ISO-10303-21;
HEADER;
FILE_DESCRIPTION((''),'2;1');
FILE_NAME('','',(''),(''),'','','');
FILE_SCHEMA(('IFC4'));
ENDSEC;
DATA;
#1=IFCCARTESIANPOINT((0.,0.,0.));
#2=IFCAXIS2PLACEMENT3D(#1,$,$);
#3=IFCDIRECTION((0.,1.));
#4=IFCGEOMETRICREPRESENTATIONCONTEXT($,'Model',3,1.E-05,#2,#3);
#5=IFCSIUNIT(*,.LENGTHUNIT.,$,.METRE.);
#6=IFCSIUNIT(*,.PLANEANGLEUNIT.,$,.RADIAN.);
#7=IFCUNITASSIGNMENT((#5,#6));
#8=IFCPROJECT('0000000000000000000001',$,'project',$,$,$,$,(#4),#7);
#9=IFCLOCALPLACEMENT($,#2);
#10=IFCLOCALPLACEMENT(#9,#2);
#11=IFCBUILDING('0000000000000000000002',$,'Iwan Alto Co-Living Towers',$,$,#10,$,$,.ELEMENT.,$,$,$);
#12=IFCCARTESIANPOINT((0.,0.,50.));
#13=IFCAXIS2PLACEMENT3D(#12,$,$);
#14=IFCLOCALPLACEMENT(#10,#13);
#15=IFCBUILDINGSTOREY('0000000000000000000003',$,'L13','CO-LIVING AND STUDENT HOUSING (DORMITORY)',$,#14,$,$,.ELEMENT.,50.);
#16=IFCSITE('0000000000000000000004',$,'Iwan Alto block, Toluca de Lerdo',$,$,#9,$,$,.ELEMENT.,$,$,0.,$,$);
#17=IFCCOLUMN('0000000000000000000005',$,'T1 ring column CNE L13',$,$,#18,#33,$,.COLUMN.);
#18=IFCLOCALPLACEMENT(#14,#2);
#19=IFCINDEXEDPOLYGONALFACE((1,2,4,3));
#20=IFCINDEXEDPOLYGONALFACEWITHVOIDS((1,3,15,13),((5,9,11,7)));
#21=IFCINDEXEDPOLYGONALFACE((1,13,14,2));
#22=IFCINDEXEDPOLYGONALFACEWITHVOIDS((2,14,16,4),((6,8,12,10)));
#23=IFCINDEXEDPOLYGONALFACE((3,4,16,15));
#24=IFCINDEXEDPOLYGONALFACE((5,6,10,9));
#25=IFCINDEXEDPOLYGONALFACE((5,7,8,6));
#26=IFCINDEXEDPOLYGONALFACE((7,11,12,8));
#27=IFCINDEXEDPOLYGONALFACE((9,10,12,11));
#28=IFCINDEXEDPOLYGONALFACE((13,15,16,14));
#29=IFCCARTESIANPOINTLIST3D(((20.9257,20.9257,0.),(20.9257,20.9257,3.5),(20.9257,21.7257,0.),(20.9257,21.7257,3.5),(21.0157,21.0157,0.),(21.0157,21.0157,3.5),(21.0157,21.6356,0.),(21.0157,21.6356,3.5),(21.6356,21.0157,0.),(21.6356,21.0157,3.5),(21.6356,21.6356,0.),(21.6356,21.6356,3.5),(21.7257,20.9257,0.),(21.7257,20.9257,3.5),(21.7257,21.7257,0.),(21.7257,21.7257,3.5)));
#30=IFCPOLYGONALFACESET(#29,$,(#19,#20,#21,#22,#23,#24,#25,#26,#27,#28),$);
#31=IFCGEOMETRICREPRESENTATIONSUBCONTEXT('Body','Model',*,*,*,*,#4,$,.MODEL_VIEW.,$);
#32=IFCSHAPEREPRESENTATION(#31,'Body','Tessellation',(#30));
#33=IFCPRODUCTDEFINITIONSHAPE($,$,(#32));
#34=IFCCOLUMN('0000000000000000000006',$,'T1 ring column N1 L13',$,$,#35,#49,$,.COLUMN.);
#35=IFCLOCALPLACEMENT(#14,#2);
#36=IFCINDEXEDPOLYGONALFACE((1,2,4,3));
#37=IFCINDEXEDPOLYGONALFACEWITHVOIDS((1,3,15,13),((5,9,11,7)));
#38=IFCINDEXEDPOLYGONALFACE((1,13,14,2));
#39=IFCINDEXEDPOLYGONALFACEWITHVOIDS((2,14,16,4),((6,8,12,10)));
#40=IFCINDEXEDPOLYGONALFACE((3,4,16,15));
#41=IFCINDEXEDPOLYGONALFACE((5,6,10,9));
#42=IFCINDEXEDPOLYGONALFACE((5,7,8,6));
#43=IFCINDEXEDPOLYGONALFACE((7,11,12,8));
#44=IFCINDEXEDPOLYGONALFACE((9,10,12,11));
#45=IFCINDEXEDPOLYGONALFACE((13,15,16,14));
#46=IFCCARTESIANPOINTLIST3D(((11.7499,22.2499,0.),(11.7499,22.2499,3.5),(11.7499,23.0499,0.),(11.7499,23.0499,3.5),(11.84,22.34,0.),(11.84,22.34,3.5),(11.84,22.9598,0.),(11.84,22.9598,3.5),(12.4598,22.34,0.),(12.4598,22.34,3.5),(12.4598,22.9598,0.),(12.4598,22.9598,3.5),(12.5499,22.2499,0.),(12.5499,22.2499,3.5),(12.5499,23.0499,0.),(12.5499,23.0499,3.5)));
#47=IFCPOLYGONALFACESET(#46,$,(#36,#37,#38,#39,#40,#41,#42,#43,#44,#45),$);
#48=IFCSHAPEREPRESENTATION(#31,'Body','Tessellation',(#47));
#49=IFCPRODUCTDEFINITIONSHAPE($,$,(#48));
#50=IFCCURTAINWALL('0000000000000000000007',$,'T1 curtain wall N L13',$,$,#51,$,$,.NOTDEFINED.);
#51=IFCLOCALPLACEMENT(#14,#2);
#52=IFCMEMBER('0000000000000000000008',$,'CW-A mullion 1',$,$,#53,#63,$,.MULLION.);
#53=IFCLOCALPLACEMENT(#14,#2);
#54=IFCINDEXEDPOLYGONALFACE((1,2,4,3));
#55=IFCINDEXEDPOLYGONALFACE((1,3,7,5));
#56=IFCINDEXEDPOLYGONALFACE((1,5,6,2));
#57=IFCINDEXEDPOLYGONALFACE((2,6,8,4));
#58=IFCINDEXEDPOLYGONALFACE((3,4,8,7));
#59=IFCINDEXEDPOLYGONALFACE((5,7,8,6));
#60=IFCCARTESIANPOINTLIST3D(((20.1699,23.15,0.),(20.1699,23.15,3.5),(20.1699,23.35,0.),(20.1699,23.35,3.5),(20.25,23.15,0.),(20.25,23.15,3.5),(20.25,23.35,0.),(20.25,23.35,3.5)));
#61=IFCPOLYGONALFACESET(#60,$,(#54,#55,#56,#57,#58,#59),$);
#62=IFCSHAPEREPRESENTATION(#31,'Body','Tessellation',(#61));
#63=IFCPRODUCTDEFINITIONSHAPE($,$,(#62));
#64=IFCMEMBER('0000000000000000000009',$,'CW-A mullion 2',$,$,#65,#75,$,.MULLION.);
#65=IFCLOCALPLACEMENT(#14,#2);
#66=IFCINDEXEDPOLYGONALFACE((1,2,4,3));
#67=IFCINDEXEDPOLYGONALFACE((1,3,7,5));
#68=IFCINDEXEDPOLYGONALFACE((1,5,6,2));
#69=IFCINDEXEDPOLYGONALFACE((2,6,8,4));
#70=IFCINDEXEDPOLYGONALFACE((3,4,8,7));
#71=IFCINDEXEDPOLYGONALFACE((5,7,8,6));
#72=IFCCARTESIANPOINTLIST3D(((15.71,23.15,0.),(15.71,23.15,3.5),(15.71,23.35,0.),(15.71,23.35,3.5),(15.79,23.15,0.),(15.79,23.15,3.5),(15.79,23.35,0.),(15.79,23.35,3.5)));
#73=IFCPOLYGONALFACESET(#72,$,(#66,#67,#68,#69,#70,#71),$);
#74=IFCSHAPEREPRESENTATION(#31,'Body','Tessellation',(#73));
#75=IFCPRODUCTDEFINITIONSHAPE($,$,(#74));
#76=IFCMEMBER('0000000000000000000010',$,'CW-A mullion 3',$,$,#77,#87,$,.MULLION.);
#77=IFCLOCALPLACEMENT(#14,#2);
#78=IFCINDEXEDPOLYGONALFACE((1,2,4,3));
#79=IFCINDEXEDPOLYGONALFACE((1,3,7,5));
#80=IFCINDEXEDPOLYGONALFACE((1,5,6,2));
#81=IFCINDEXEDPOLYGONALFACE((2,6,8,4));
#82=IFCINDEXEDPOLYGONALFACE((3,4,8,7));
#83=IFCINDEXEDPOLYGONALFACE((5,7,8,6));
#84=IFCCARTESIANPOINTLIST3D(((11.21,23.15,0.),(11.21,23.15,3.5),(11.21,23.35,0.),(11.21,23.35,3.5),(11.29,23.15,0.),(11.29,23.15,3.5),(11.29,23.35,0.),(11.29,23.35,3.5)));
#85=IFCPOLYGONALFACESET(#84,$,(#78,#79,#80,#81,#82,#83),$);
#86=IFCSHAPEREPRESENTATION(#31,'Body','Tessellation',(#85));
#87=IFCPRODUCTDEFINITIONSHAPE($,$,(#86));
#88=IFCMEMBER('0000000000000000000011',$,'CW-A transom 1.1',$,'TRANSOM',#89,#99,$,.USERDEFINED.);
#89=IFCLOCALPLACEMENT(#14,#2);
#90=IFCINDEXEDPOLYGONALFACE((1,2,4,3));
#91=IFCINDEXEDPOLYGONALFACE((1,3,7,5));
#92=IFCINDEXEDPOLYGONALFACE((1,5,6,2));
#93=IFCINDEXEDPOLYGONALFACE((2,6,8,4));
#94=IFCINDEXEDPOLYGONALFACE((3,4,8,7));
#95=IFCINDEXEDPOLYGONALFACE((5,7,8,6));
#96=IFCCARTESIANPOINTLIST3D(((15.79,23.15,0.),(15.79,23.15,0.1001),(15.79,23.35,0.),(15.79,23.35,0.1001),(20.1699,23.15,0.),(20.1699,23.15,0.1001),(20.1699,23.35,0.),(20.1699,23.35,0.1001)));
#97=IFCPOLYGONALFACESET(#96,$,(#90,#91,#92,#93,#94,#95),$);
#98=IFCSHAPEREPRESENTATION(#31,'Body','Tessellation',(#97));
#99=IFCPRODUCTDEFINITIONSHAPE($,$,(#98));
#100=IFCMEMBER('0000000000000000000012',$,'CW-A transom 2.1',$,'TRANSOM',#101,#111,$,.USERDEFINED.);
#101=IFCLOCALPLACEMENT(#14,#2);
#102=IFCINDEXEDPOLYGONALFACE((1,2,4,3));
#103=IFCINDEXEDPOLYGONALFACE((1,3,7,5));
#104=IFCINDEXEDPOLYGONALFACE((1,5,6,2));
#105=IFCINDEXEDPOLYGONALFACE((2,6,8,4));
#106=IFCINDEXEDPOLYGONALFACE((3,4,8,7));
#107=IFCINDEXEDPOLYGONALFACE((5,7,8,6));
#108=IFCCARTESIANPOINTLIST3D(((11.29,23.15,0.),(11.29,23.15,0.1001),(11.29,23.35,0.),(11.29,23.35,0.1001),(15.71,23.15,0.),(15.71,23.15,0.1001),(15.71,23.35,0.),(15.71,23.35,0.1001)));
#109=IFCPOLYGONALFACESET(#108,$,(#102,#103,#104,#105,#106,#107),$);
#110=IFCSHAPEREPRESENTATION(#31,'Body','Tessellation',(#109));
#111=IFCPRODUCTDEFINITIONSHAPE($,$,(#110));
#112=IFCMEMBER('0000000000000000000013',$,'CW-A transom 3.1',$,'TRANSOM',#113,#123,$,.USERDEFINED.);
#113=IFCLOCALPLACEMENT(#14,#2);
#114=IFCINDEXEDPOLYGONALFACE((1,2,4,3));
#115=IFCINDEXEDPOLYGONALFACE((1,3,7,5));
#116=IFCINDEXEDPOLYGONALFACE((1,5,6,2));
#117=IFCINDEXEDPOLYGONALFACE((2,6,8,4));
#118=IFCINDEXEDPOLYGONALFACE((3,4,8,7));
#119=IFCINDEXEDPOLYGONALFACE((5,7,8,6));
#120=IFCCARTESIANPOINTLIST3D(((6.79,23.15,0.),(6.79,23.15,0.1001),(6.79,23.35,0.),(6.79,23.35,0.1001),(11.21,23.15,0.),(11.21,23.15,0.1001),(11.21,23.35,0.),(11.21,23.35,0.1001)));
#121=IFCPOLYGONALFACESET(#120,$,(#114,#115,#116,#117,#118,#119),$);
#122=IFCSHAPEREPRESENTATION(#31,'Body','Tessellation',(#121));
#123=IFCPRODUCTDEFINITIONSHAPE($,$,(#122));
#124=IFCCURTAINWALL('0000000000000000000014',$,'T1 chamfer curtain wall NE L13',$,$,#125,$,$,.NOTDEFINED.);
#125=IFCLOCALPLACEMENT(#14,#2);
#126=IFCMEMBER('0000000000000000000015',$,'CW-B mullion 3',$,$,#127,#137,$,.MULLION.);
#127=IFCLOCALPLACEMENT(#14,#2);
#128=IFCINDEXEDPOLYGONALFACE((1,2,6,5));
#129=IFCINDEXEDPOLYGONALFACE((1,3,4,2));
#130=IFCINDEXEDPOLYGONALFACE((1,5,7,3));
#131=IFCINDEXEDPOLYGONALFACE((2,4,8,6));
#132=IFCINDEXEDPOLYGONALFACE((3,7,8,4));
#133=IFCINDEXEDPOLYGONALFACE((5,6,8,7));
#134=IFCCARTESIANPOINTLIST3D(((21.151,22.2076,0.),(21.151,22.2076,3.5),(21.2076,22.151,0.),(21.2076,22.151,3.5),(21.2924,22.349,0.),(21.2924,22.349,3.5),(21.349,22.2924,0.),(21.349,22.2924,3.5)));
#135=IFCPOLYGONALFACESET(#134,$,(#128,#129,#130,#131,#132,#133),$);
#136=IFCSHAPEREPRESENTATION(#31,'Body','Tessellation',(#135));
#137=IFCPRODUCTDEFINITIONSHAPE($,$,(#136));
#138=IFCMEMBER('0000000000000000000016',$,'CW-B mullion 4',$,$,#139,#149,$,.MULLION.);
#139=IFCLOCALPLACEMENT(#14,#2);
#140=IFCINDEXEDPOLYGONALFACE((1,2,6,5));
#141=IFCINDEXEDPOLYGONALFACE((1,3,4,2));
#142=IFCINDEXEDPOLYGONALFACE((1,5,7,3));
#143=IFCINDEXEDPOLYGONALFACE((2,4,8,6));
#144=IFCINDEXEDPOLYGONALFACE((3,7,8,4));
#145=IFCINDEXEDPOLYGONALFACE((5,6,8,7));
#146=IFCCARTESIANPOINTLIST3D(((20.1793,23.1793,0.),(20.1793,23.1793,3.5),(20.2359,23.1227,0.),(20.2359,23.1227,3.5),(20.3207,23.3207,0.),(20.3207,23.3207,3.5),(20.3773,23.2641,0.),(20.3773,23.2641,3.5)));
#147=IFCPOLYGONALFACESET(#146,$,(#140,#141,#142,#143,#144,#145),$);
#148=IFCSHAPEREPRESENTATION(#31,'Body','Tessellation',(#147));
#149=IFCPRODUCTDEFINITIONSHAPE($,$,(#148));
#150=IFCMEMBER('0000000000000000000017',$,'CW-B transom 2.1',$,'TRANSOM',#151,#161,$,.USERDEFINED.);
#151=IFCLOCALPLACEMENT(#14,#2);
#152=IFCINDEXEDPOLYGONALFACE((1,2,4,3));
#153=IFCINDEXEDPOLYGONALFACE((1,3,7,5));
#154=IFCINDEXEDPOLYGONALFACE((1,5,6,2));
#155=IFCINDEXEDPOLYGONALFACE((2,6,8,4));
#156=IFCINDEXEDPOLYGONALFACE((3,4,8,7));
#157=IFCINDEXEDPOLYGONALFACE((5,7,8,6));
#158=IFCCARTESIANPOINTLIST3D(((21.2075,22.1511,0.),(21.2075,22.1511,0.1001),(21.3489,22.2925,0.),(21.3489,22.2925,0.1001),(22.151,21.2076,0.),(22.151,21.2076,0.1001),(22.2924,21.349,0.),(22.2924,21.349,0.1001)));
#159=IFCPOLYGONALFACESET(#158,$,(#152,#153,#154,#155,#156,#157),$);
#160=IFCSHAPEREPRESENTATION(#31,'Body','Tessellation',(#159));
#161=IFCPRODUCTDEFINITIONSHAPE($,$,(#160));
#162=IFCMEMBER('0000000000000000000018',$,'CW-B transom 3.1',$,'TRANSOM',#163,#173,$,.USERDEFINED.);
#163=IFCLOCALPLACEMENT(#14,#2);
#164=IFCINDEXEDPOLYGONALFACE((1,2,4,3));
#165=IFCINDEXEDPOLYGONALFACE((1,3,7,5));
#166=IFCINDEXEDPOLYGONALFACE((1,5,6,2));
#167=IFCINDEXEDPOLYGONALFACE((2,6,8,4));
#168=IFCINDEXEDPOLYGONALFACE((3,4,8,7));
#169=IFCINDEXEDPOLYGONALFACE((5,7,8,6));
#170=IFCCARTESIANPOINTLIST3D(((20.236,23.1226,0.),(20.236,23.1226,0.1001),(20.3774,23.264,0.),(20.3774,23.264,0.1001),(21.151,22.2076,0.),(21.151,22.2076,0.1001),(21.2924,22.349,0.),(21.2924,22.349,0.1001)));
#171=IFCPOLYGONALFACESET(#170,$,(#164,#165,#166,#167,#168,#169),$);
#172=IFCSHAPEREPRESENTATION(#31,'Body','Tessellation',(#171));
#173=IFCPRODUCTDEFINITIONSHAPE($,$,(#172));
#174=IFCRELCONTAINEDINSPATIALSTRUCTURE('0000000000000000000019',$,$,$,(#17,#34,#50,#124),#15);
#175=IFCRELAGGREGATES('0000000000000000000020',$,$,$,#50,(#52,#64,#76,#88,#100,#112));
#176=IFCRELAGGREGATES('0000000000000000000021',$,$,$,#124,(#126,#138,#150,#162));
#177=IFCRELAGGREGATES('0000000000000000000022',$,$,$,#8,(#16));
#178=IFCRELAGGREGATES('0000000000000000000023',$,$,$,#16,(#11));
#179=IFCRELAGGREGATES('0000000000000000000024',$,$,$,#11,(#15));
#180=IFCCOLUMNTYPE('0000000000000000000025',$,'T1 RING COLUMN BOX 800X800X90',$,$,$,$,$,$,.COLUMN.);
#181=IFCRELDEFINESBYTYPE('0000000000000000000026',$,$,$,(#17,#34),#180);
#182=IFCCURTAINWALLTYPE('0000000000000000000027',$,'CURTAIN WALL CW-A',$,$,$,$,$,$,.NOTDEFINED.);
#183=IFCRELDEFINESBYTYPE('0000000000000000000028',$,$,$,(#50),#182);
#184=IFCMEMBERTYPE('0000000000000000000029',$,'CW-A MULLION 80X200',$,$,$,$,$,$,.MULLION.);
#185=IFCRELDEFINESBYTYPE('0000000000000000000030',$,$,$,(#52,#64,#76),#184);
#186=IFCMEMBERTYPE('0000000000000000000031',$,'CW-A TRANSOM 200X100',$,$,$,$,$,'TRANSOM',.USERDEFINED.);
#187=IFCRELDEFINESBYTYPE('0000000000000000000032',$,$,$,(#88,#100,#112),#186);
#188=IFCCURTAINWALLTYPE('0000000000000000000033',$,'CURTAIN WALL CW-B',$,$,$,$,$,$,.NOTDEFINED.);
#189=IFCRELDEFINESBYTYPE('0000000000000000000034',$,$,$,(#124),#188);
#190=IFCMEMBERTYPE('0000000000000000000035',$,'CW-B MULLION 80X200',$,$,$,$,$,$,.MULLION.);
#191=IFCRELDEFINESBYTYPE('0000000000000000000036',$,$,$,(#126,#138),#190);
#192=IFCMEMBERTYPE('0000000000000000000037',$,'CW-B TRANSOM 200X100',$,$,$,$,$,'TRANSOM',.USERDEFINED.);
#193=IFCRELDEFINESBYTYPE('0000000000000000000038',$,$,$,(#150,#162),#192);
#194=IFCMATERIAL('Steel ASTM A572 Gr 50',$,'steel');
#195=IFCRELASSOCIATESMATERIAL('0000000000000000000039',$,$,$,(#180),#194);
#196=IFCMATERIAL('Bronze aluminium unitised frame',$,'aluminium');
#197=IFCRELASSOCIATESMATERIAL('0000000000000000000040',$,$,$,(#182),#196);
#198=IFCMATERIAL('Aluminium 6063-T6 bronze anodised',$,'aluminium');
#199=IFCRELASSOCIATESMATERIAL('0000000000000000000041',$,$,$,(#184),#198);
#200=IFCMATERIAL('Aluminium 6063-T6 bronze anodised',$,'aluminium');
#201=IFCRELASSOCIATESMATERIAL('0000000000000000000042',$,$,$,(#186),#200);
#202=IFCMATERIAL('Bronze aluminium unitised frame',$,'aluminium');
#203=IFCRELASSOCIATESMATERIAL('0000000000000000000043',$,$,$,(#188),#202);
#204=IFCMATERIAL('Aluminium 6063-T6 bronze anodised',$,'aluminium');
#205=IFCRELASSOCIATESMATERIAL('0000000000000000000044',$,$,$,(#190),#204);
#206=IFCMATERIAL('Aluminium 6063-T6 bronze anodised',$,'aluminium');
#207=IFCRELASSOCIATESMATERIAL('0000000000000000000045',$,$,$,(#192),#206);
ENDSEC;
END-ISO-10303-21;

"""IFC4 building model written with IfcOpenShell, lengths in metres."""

from ifc_helpers import new_model, si_unit, direction, frame, origin, origin_2d, place, context, subcontext, project, spatial, rectangle, hollow_rectangle, extrude, material, material_profile, profile_set, type_object, element, aggregate, save


model = new_model("IFC4")

# Units and contexts
model_context = context("Model", 3, precision=1e-05, world=origin(), true_north=direction((0.0, 1.0)))
body_context = subcontext(model_context, "Body", "Model", "MODEL_VIEW")
ifc_project = project(units=[si_unit("LENGTHUNIT", "METRE"), si_unit("PLANEANGLEUNIT", "RADIAN")], contexts=[model_context])

# Site, building, storey
site_placement = place(None, origin())
site = spatial("IfcSite", under=ifc_project, at=site_placement, Name="Iwan Alto block, Toluca de Lerdo", CompositionType="ELEMENT", RefElevation=0.0)
building_placement = place(site_placement, origin())
building = spatial("IfcBuilding", under=site, at=building_placement, Name="Iwan Alto Co-Living Towers", CompositionType="ELEMENT")
storey_placement = place(building_placement, frame((0.0, 0.0, 50.0)))
storey = spatial("IfcBuildingStorey", under=building, at=storey_placement, Name="L13", Description="CO-LIVING AND STUDENT HOUSING (DORMITORY)", CompositionType="ELEMENT", Elevation=50.0)

# Columns
ifc_material_1 = material(Name="Steel ASTM A572 Gr 50", Category="steel")
ifc_material_profile_1 = material_profile(ifc_material_1, hollow_rectangle(XDim=0.8, YDim=0.8, WallThickness=0.0901, at=origin_2d()), Name="BOX 800X800X90")
ifc_profile_set_1 = profile_set([ifc_material_profile_1], Name="Steel ASTM A572 Gr 50")
column_type = type_object("IfcColumnType", Name="T1 RING COLUMN BOX 800X800X90", PredefinedType="COLUMN", material=ifc_profile_set_1)
for number, where, z_axis, x_axis, name in (
    (1, (21.3257, 21.3257, 0.0), (0.0, 0.0, 1.0), (1.0, 0.0, 0.0), "T1 ring column CNE L13"),
    (2, (12.1499, 22.6499, 0.0), (0.0, 0.0, 1.0), (1.0, 0.0, 0.0), "T1 ring column N1 L13"),
):
    element("IfcColumn", number, at=place(storey_placement, frame(where, z_axis=z_axis, x_axis=x_axis)), inside=storey, type_object=column_type, Name=name, PredefinedType="COLUMN", context=body_context, shape_type="SweptSolid", body=[
        extrude(hollow_rectangle(XDim=0.8, YDim=0.8, WallThickness=0.0901, at=origin_2d()), origin(), (0.0, 0.0, 1.0), 3.5),
    ])

# Curtain walls, members
ifc_material_2 = material(Name="Bronze aluminium unitised frame", Category="aluminium")
curtain_wall_type_1 = type_object("IfcCurtainWallType", Name="CURTAIN WALL CW-A", PredefinedType="NOTDEFINED", material=ifc_material_2)
curtain_wall_1_placement = place(storey_placement, origin())
curtain_wall_1 = element("IfcCurtainWall", 3, at=curtain_wall_1_placement, inside=storey, type_object=curtain_wall_type_1, Name="T1 curtain wall N L13", PredefinedType="NOTDEFINED")
ifc_material_3 = material(Name="Aluminium 6063-T6 bronze anodised", Category="aluminium")
ifc_material_profile_2 = material_profile(ifc_material_3, rectangle(XDim=0.2, YDim=0.0801, at=origin_2d()), Name="AL 80X200")
ifc_profile_set_2 = profile_set([ifc_material_profile_2], Name="Aluminium 6063-T6 bronze anodised")
member_type_1 = type_object("IfcMemberType", Name="CW-A MULLION 80X200", PredefinedType="MULLION", material=ifc_profile_set_2)
member_1_placement = place(storey_placement, frame((20.21, 23.25, 0.0), z_axis=(0.0, 0.0, 1.0), x_axis=(0.0, -1.0, 0.0)))
member_1 = element("IfcMember", 4, at=member_1_placement, type_object=member_type_1, Name="CW-A mullion 1", PredefinedType="MULLION", context=body_context, shape_type="SweptSolid", body=[
    extrude(rectangle(XDim=0.2, YDim=0.0801, at=origin_2d()), origin(), (0.0, 0.0, 1.0), 3.5),
])
member_2_placement = place(storey_placement, frame((15.75, 23.25, 0.0), z_axis=(0.0, 0.0, 1.0), x_axis=(0.0, -1.0, 0.0)))
member_2 = element("IfcMember", 5, at=member_2_placement, type_object=member_type_1, Name="CW-A mullion 2", PredefinedType="MULLION", context=body_context, shape_type="SweptSolid", body=[
    extrude(rectangle(XDim=0.2, YDim=0.0801, at=origin_2d()), origin(), (0.0, 0.0, 1.0), 3.5),
])
member_3_placement = place(storey_placement, frame((11.25, 23.25, 0.0), z_axis=(0.0, 0.0, 1.0), x_axis=(0.0, -1.0, 0.0)))
member_3 = element("IfcMember", 6, at=member_3_placement, type_object=member_type_1, Name="CW-A mullion 3", PredefinedType="MULLION", context=body_context, shape_type="SweptSolid", body=[
    extrude(rectangle(XDim=0.2, YDim=0.0801, at=origin_2d()), origin(), (0.0, 0.0, 1.0), 3.5),
])
ifc_material_4 = material(Name="Aluminium 6063-T6 bronze anodised", Category="aluminium")
ifc_material_profile_3 = material_profile(ifc_material_4, rectangle(XDim=0.2, YDim=0.1001, at=origin_2d()), Name="AL 200X100")
ifc_profile_set_3 = profile_set([ifc_material_profile_3], Name="Aluminium 6063-T6 bronze anodised")
member_type_2 = type_object("IfcMemberType", Name="CW-A TRANSOM 200X100", ElementType="TRANSOM", PredefinedType="USERDEFINED", material=ifc_profile_set_3)
member_4_placement = place(storey_placement, frame((20.1699, 23.25, 0.05), z_axis=(-1.0, 0.0, 0.0), x_axis=(0.0, -1.0, 0.0)))
member_4 = element("IfcMember", 7, at=member_4_placement, type_object=member_type_2, Name="CW-A transom 1.1", ObjectType="TRANSOM", PredefinedType="USERDEFINED", context=body_context, shape_type="SweptSolid", body=[
    extrude(rectangle(XDim=0.2, YDim=0.1001, at=origin_2d()), origin(), (0.0, 0.0, 1.0), 4.3799),
])
member_5_placement = place(storey_placement, frame((15.71, 23.25, 0.05), z_axis=(-1.0, 0.0, 0.0), x_axis=(0.0, -1.0, 0.0)))
member_5 = element("IfcMember", 8, at=member_5_placement, type_object=member_type_2, Name="CW-A transom 2.1", ObjectType="TRANSOM", PredefinedType="USERDEFINED", context=body_context, shape_type="SweptSolid", body=[
    extrude(rectangle(XDim=0.2, YDim=0.1001, at=origin_2d()), origin(), (0.0, 0.0, 1.0), 4.4199),
])
member_6_placement = place(storey_placement, frame((11.21, 23.25, 0.05), z_axis=(-1.0, 0.0, 0.0), x_axis=(0.0, -1.0, 0.0)))
member_6 = element("IfcMember", 9, at=member_6_placement, type_object=member_type_2, Name="CW-A transom 3.1", ObjectType="TRANSOM", PredefinedType="USERDEFINED", context=body_context, shape_type="SweptSolid", body=[
    extrude(rectangle(XDim=0.2, YDim=0.1001, at=origin_2d()), origin(), (0.0, 0.0, 1.0), 4.4199),
])
ifc_material_5 = material(Name="Bronze aluminium unitised frame", Category="aluminium")
curtain_wall_type_2 = type_object("IfcCurtainWallType", Name="CURTAIN WALL CW-B", PredefinedType="NOTDEFINED", material=ifc_material_5)
curtain_wall_2_placement = place(storey_placement, origin())
curtain_wall_2 = element("IfcCurtainWall", 10, at=curtain_wall_2_placement, inside=storey, type_object=curtain_wall_type_2, Name="T1 chamfer curtain wall NE L13", PredefinedType="NOTDEFINED")
ifc_material_6 = material(Name="Aluminium 6063-T6 bronze anodised", Category="aluminium")
ifc_material_profile_4 = material_profile(ifc_material_6, rectangle(XDim=0.2, YDim=0.0801, at=origin_2d()), Name="AL 80X200")
ifc_profile_set_4 = profile_set([ifc_material_profile_4], Name="Aluminium 6063-T6 bronze anodised")
member_type_3 = type_object("IfcMemberType", Name="CW-B MULLION 80X200", PredefinedType="MULLION", material=ifc_profile_set_4)
member_7_placement = place(storey_placement, frame((21.25, 22.25, 0.0), z_axis=(0.0, 0.0, 1.0), x_axis=(-0.707107, -0.707107, 0.0)))
member_7 = element("IfcMember", 11, at=member_7_placement, type_object=member_type_3, Name="CW-B mullion 3", PredefinedType="MULLION", context=body_context, shape_type="SweptSolid", body=[
    extrude(rectangle(XDim=0.2, YDim=0.0801, at=origin_2d()), origin(), (0.0, 0.0, 1.0), 3.5),
])
member_8_placement = place(storey_placement, frame((20.2783, 23.2217, 0.0), z_axis=(0.0, 0.0, 1.0), x_axis=(-0.707107, -0.707107, 0.0)))
member_8 = element("IfcMember", 12, at=member_8_placement, type_object=member_type_3, Name="CW-B mullion 4", PredefinedType="MULLION", context=body_context, shape_type="SweptSolid", body=[
    extrude(rectangle(XDim=0.2, YDim=0.0801, at=origin_2d()), origin(), (0.0, 0.0, 1.0), 3.5),
])
ifc_material_7 = material(Name="Aluminium 6063-T6 bronze anodised", Category="aluminium")
ifc_material_profile_5 = material_profile(ifc_material_7, rectangle(XDim=0.2, YDim=0.1001, at=origin_2d()), Name="AL 200X100")
ifc_profile_set_5 = profile_set([ifc_material_profile_5], Name="Aluminium 6063-T6 bronze anodised")
member_type_4 = type_object("IfcMemberType", Name="CW-B TRANSOM 200X100", ElementType="TRANSOM", PredefinedType="USERDEFINED", material=ifc_profile_set_5)
member_9_placement = place(storey_placement, frame((22.2217, 21.2783, 0.05), z_axis=(-0.707107, 0.707107, 0.0), x_axis=(-0.707107, -0.707107, 0.0)))
member_9 = element("IfcMember", 13, at=member_9_placement, type_object=member_type_4, Name="CW-B transom 2.1", ObjectType="TRANSOM", PredefinedType="USERDEFINED", context=body_context, shape_type="SweptSolid", body=[
    extrude(rectangle(XDim=0.2, YDim=0.1001, at=origin_2d()), origin(), (0.0, 0.0, 1.0), 1.3342),
])
member_10_placement = place(storey_placement, frame((21.2217, 22.2783, 0.05), z_axis=(-0.707107, 0.707107, 0.0), x_axis=(-0.707107, -0.707107, 0.0)))
member_10 = element("IfcMember", 14, at=member_10_placement, type_object=member_type_4, Name="CW-B transom 3.1", ObjectType="TRANSOM", PredefinedType="USERDEFINED", context=body_context, shape_type="SweptSolid", body=[
    extrude(rectangle(XDim=0.2, YDim=0.1001, at=origin_2d()), origin(), (0.0, 0.0, 1.0), 1.2939),
])

aggregate(curtain_wall_1, [member_1, member_2, member_3, member_4, member_5, member_6])
aggregate(curtain_wall_2, [member_7, member_8, member_9, member_10])

save(model, "model.ifc")
